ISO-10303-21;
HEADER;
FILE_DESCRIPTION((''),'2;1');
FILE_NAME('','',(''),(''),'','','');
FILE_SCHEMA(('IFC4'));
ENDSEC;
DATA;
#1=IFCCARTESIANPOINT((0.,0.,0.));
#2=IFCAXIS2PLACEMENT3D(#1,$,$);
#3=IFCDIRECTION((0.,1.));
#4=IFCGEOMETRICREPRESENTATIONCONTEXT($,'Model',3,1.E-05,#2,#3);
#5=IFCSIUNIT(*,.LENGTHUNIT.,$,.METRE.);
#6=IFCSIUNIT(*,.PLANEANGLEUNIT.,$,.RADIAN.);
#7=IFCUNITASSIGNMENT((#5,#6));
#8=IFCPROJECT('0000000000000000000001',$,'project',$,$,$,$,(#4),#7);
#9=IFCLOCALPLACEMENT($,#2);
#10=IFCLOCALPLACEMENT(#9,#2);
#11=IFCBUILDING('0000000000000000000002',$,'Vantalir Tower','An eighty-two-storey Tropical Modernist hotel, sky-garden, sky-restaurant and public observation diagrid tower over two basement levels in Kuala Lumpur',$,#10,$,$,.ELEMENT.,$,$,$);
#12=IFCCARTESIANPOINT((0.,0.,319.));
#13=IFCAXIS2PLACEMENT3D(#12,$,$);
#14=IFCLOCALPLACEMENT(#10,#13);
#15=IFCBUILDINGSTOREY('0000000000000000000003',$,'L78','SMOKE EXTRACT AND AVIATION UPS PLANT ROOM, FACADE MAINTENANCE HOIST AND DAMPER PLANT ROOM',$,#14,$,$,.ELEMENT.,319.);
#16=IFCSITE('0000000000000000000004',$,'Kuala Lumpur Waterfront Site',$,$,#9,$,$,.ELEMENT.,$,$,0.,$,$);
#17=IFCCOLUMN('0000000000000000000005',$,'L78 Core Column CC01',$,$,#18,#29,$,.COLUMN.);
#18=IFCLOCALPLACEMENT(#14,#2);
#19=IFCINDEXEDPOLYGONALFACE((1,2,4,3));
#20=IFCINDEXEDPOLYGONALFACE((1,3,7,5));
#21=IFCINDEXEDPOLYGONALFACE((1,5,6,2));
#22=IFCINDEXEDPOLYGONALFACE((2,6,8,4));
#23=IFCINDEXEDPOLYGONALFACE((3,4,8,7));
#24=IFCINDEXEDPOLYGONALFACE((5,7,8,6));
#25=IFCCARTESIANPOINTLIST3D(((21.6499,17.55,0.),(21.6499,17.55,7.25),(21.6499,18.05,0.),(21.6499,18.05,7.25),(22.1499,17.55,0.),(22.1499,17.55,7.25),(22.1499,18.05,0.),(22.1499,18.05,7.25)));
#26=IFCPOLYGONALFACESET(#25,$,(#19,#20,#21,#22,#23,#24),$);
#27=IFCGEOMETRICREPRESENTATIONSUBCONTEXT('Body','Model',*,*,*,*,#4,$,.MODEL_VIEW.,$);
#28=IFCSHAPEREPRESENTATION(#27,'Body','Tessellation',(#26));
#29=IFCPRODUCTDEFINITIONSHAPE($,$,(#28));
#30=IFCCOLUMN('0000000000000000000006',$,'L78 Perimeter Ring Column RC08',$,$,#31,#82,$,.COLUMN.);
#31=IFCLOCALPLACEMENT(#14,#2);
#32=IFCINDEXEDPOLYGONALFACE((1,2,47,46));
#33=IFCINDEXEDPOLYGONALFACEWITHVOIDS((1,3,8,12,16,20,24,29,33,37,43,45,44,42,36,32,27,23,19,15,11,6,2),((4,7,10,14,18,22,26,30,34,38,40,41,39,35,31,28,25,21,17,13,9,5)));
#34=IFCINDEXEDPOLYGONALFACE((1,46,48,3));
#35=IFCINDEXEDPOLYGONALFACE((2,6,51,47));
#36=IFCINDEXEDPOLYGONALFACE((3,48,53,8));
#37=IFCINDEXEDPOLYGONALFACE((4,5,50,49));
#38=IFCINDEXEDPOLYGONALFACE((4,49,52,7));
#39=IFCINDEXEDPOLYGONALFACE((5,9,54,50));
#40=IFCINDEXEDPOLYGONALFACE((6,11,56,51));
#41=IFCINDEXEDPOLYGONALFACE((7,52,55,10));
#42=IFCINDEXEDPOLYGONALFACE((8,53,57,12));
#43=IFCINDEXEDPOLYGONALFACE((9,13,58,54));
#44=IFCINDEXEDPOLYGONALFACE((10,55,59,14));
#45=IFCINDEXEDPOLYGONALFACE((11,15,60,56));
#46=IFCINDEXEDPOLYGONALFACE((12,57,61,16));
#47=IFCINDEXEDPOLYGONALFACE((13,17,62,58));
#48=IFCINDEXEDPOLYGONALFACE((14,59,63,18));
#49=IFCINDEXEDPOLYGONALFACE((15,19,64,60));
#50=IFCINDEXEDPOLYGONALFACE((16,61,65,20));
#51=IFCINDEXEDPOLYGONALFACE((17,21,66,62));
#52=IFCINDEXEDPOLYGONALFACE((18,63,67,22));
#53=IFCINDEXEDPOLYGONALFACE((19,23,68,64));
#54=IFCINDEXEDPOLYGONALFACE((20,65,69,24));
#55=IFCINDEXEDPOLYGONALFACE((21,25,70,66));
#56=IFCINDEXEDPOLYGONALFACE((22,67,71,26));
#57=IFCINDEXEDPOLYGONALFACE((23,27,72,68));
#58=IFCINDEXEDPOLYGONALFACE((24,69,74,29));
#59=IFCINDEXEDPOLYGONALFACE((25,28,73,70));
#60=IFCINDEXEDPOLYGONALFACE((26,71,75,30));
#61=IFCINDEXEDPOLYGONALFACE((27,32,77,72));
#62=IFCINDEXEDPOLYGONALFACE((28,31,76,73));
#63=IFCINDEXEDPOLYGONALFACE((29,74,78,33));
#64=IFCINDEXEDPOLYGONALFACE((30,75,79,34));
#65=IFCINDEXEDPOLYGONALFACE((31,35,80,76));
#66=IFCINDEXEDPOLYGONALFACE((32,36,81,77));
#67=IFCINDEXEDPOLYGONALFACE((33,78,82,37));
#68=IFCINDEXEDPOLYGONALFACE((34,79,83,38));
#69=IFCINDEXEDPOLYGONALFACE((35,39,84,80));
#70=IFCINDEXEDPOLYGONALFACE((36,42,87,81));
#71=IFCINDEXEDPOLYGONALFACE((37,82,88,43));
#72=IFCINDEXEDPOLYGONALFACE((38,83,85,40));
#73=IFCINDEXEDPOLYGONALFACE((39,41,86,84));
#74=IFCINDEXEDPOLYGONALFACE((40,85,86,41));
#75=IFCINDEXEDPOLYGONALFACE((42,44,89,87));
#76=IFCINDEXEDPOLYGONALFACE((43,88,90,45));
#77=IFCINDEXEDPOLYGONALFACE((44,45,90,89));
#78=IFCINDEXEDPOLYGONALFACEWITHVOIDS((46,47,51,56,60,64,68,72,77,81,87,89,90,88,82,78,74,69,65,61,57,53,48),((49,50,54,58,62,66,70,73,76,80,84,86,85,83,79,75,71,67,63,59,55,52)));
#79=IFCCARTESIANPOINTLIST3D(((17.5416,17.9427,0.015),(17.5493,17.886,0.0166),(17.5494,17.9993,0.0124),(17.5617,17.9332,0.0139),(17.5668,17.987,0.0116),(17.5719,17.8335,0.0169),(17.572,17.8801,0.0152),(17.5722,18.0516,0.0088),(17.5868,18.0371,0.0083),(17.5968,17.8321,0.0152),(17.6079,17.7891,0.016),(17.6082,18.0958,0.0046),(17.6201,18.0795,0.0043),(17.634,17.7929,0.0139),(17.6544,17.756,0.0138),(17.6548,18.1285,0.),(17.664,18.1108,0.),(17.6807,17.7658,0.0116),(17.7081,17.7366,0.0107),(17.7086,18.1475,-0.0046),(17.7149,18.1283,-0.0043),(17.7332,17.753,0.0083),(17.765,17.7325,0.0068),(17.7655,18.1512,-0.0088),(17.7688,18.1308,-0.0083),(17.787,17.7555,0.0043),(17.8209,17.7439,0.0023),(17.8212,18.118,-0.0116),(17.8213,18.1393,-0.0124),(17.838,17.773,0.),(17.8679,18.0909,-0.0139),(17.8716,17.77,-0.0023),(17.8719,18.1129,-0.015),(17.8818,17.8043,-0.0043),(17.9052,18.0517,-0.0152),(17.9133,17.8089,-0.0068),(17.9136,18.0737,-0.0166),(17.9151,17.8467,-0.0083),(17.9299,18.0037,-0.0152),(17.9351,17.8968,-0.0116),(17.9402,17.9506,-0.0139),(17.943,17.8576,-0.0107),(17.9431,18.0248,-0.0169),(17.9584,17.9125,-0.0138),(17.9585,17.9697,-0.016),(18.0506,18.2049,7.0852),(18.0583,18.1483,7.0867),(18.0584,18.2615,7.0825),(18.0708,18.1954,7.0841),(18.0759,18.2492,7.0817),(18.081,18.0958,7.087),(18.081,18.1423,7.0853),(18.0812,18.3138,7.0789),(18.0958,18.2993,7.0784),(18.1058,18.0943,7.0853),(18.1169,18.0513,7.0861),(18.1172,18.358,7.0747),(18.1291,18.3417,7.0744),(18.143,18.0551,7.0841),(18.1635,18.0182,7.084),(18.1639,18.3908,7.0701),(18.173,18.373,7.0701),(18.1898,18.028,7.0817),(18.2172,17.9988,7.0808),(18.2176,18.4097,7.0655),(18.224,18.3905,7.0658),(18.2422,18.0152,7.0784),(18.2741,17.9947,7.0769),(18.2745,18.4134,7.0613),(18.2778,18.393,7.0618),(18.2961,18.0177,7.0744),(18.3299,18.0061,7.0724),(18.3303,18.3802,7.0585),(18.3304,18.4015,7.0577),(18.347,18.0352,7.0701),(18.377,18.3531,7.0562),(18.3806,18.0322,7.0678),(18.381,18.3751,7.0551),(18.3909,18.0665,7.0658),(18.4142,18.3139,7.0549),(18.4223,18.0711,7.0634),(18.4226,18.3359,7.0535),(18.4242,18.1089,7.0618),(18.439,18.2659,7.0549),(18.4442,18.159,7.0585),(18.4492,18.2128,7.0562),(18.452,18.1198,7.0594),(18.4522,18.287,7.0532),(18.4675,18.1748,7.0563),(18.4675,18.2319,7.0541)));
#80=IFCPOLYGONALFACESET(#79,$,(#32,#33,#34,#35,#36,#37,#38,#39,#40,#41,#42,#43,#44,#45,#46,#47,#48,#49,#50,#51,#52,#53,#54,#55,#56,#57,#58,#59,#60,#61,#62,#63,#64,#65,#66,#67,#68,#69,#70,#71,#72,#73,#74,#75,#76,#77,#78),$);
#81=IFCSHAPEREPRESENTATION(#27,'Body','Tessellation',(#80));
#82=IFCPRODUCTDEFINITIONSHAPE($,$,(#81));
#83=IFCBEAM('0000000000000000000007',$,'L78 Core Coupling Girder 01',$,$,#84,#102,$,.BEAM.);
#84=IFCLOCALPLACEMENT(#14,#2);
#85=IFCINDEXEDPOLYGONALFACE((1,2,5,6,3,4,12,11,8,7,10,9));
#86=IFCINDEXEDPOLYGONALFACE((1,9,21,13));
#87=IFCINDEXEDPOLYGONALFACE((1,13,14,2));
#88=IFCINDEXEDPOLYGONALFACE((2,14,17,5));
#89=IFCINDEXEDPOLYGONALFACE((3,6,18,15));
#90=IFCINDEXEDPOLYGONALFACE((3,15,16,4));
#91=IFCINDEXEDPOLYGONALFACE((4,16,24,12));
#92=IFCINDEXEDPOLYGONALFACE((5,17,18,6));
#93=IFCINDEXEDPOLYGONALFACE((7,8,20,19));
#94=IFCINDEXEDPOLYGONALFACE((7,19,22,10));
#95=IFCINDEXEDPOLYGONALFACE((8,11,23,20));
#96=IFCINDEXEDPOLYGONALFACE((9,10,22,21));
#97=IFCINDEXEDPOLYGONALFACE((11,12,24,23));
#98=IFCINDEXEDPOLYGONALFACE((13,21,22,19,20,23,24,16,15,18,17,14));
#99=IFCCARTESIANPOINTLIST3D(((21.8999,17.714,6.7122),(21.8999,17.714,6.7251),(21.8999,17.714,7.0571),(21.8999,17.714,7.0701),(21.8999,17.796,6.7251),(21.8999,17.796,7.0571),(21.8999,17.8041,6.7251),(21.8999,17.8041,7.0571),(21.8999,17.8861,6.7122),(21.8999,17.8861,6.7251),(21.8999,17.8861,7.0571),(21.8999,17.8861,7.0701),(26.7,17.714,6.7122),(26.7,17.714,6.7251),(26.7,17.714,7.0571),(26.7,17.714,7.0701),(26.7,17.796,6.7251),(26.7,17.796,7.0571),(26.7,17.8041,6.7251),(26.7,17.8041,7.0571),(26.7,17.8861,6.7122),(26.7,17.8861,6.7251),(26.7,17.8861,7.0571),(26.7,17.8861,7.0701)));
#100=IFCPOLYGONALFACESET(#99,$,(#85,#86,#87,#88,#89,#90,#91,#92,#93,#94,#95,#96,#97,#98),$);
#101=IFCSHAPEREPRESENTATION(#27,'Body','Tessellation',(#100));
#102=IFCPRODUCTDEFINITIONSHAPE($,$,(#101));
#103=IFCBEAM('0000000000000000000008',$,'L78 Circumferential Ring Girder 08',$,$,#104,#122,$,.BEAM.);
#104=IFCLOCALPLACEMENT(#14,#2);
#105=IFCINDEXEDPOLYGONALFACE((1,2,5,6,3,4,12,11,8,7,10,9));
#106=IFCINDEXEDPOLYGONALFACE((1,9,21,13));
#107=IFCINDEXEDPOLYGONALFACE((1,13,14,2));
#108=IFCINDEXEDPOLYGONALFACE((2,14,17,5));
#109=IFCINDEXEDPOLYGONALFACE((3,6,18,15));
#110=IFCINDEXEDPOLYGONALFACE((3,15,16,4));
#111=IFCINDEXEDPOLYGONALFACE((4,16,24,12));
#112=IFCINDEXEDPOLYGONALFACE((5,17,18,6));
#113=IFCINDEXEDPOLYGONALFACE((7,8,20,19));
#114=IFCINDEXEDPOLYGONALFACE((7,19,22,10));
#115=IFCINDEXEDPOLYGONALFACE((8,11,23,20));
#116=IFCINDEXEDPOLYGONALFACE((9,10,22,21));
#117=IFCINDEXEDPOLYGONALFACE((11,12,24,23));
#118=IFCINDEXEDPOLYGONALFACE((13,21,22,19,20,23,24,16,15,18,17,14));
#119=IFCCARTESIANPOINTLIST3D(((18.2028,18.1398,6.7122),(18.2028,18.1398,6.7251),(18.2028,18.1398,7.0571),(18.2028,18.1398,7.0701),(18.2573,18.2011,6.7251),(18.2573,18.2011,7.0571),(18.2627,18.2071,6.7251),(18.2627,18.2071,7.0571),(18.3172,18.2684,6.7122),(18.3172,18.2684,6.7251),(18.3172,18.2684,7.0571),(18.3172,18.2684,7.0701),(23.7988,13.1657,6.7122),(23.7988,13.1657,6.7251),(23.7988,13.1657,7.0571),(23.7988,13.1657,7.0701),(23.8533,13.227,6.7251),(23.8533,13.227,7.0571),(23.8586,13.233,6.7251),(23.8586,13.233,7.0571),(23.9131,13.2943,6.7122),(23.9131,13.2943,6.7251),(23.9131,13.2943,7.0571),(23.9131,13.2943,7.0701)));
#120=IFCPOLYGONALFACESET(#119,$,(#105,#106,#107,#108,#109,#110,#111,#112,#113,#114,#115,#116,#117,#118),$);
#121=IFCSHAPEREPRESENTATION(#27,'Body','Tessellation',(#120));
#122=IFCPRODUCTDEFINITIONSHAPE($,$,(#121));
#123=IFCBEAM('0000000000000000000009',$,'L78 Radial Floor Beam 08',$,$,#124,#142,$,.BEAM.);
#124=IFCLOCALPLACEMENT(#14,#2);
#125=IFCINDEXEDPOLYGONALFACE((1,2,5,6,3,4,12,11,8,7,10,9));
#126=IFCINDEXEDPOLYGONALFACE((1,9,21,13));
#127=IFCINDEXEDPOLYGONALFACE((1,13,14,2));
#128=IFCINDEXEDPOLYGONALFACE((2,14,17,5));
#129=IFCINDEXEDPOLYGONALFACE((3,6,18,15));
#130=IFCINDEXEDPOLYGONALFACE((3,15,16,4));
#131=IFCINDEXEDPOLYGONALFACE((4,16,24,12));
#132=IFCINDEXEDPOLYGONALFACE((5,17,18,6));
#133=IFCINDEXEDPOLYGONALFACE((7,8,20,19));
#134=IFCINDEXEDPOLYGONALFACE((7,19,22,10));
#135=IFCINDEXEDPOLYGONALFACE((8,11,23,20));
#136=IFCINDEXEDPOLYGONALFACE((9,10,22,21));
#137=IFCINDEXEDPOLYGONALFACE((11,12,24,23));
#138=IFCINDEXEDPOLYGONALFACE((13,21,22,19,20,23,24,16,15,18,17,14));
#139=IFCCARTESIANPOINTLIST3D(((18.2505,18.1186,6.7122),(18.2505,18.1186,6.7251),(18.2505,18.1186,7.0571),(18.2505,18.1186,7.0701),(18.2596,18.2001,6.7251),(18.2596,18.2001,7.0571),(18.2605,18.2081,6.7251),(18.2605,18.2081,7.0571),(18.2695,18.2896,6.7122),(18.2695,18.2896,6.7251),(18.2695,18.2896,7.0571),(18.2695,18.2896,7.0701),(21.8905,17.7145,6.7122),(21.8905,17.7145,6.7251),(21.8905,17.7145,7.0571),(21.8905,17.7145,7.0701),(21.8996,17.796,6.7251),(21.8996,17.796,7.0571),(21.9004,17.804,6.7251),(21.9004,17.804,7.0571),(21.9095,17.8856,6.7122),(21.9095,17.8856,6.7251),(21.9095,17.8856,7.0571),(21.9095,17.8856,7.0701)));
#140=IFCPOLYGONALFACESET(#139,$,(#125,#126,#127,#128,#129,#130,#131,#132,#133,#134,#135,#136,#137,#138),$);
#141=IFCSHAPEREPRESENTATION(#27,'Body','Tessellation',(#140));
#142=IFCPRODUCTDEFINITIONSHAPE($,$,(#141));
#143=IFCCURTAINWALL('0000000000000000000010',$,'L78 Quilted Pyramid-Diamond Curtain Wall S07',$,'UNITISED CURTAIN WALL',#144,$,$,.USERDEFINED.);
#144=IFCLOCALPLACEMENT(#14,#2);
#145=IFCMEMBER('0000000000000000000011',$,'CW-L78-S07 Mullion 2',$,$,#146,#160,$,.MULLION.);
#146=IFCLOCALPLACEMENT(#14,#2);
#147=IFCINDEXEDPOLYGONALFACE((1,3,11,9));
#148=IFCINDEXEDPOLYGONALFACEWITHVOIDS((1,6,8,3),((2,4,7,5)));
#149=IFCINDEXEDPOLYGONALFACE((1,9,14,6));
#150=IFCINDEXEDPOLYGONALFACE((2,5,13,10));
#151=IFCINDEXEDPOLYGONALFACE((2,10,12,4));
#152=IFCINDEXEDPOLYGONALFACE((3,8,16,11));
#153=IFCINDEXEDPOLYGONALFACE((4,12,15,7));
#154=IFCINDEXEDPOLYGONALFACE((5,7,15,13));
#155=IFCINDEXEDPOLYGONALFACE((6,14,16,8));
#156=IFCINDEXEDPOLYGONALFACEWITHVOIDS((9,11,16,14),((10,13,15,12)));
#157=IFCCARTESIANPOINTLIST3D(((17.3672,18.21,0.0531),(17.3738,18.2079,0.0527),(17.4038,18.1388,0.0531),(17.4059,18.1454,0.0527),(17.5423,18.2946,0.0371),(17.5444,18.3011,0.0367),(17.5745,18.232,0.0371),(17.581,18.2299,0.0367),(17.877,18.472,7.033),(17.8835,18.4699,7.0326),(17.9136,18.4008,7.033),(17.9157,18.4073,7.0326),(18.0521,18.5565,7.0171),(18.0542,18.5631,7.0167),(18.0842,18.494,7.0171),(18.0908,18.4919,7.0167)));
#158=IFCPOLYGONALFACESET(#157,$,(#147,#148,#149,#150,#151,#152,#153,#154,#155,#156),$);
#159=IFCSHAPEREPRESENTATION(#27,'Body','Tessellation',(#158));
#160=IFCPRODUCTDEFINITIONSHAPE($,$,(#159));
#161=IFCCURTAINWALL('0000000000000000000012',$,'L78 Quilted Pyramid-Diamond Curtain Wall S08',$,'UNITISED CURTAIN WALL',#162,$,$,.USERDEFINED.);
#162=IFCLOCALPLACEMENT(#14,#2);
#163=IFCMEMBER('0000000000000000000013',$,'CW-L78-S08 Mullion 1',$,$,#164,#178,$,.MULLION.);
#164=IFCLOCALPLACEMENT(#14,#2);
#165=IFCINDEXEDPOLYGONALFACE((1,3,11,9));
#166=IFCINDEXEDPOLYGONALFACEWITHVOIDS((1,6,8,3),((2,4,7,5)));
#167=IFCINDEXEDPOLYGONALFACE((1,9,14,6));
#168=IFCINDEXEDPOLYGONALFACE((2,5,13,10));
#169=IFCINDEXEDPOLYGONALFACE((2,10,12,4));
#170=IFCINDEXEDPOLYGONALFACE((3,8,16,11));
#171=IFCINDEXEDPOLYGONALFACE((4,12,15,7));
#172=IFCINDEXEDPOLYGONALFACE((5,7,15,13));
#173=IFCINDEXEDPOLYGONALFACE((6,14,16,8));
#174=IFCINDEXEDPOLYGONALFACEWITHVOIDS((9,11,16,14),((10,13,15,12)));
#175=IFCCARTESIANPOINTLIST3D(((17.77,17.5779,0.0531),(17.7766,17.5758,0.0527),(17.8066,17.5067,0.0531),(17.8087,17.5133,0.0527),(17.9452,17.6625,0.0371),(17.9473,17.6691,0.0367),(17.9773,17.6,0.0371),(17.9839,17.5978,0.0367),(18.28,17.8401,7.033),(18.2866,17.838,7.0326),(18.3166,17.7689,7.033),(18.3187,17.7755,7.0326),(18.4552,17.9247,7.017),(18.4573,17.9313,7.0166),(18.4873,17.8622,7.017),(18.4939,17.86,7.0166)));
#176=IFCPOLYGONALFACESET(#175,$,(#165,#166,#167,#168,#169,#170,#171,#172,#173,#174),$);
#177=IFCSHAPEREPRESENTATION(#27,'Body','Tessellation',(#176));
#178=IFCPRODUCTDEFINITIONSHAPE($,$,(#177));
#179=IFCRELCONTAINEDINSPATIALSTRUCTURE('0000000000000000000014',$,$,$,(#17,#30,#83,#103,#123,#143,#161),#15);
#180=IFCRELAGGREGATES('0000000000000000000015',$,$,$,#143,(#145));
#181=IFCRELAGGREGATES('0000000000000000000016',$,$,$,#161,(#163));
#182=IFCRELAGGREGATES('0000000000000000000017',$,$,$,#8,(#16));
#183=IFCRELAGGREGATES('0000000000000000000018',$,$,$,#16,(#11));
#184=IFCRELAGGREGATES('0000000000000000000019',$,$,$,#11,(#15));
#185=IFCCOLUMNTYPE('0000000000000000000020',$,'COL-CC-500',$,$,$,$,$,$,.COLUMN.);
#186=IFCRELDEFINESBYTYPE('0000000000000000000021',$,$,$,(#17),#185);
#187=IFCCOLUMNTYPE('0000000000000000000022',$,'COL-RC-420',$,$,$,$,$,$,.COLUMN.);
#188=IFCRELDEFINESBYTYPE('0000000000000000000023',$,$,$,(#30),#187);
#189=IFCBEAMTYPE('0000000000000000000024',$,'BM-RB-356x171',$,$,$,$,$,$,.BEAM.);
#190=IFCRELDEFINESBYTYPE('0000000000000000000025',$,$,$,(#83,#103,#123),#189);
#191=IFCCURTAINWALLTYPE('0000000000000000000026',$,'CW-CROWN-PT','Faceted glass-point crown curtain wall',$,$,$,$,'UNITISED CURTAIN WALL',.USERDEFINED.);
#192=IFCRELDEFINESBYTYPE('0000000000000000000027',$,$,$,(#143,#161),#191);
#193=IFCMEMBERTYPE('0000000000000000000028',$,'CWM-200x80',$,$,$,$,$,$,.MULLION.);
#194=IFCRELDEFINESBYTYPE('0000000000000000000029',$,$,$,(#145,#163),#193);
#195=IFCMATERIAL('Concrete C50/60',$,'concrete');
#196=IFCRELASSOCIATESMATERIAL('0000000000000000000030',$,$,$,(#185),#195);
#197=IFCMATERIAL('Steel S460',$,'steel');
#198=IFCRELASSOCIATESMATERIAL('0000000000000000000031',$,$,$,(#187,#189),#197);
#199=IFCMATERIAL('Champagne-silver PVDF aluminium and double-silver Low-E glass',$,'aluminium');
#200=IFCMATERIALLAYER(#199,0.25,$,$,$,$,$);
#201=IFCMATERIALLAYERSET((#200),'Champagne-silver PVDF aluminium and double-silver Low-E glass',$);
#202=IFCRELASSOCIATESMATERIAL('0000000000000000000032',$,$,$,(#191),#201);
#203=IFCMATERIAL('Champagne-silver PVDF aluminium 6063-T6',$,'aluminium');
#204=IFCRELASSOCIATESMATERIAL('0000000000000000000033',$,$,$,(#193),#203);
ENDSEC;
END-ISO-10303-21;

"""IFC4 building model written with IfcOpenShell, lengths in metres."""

from ifc_helpers import new_model, si_unit, direction, frame, origin, origin_2d, place, context, subcontext, project, spatial, rectangle, hollow_rectangle, hollow_circle, i_section, extrude, material, layer, layer_set, material_profile, profile_set, type_object, element, aggregate, save


model = new_model("IFC4")

# Units and contexts
model_context = context("Model", 3, precision=1e-05, world=origin(), true_north=direction((0.0, 1.0)))
body_context = subcontext(model_context, "Body", "Model", "MODEL_VIEW")
ifc_project = project(units=[si_unit("LENGTHUNIT", "METRE"), si_unit("PLANEANGLEUNIT", "RADIAN")], contexts=[model_context])

# Site, building, storey
site_placement = place(None, origin())
site = spatial("IfcSite", under=ifc_project, at=site_placement, Name="Kuala Lumpur Waterfront Site", CompositionType="ELEMENT", RefElevation=0.0)
building_placement = place(site_placement, origin())
building = spatial("IfcBuilding", under=site, at=building_placement, Name="Vantalir Tower", Description="An eighty-two-storey Tropical Modernist hotel, sky-garden, sky-restaurant and public observation diagrid tower over two basement levels in Kuala Lumpur", CompositionType="ELEMENT")
storey_placement = place(building_placement, frame((0.0, 0.0, 319.0)))
storey = spatial("IfcBuildingStorey", under=building, at=storey_placement, Name="L78", Description="SMOKE EXTRACT AND AVIATION UPS PLANT ROOM, FACADE MAINTENANCE HOIST AND DAMPER PLANT ROOM", CompositionType="ELEMENT", Elevation=319.0)

# Columns
ifc_material_1 = material(Name="Concrete C50/60", Category="concrete")
ifc_material_profile_1 = material_profile(ifc_material_1, rectangle(XDim=0.5, YDim=0.5, at=origin_2d()), Name="Concrete C50/60")
ifc_profile_set_1 = profile_set([ifc_material_profile_1], Name="Concrete C50/60")
column_type_1 = type_object("IfcColumnType", Name="COL-CC-500", PredefinedType="COLUMN", material=ifc_profile_set_1)
column_1_placement = place(storey_placement, frame((21.8999, 17.8, 0.0), z_axis=(0.0, 0.0, 1.0), x_axis=(1.0, 0.0, 0.0)))
element("IfcColumn", 1, at=column_1_placement, inside=storey, type_object=column_type_1, Name="L78 Core Column CC01", PredefinedType="COLUMN", context=body_context, shape_type="SweptSolid", body=[
    extrude(rectangle(XDim=0.5, YDim=0.5, at=origin_2d()), origin(), (0.0, 0.0, 1.0), 7.25),
])
ifc_material_2 = material(Name="Steel S460", Category="steel")
ifc_material_profile_2 = material_profile(ifc_material_2, hollow_circle(Radius=0.21, WallThickness=0.02, at=origin_2d()), Name="Steel S460")
ifc_profile_set_2 = profile_set([ifc_material_profile_2], Name="Steel S460")
column_type_2 = type_object("IfcColumnType", Name="COL-RC-420", PredefinedType="COLUMN", material=ifc_profile_set_2)
column_2_placement = place(storey_placement, frame((17.751, 17.9419, 0.0), z_axis=(0.071763, 0.036966, 0.996736), x_axis=(-0.457926, 0.88899, 0.0)))
element("IfcColumn", 2, at=column_2_placement, inside=storey, type_object=column_type_2, Name="L78 Perimeter Ring Column RC08", PredefinedType="COLUMN", context=body_context, shape_type="SweptSolid", body=[
    extrude(hollow_circle(Radius=0.21, WallThickness=0.02, at=origin_2d()), origin(), (0.0, 0.0, 1.0), 7.0933),
])

# Beams
ifc_material_profile_3 = material_profile(ifc_material_2, i_section(OverallWidth=0.1721, OverallDepth=0.3579, WebThickness=0.0081, FlangeThickness=0.0129, at=origin_2d()), Name="Steel S460")
ifc_profile_set_3 = profile_set([ifc_material_profile_3], Name="Steel S460")
beam_type = type_object("IfcBeamType", Name="BM-RB-356x171", PredefinedType="BEAM", material=ifc_profile_set_3)
beam_1_placement = place(storey_placement, frame((21.8999, 17.8, 6.8911), z_axis=(1.0, 0.0, 0.0), x_axis=(0.0, 1.0, 0.0)))
element("IfcBeam", 3, at=beam_1_placement, inside=storey, type_object=beam_type, Name="L78 Core Coupling Girder 01", PredefinedType="BEAM", context=body_context, shape_type="SweptSolid", body=[
    extrude(i_section(OverallWidth=0.1721, OverallDepth=0.3579, WebThickness=0.0081, FlangeThickness=0.0129, at=origin_2d()), origin(), (0.0, 0.0, 1.0), 4.8),
])
beam_2_placement = place(storey_placement, frame((18.26, 18.2041, 6.8911), z_axis=(0.747413, -0.66436, 0.0), x_axis=(0.66436, 0.747413, 0.0)))
element("IfcBeam", 4, at=beam_2_placement, inside=storey, type_object=beam_type, Name="L78 Circumferential Ring Girder 08", PredefinedType="BEAM", context=body_context, shape_type="SweptSolid", body=[
    extrude(i_section(OverallWidth=0.1721, OverallDepth=0.3579, WebThickness=0.0081, FlangeThickness=0.0129, at=origin_2d()), origin(), (0.0, 0.0, 1.0), 7.4871),
])
beam_3_placement = place(storey_placement, frame((18.26, 18.2041, 6.8911), z_axis=(0.993895, -0.110329, 0.0), x_axis=(0.110329, 0.993895, 0.0)))
element("IfcBeam", 5, at=beam_3_placement, inside=storey, type_object=beam_type, Name="L78 Radial Floor Beam 08", PredefinedType="BEAM", context=body_context, shape_type="SweptSolid", body=[
    extrude(i_section(OverallWidth=0.1721, OverallDepth=0.3579, WebThickness=0.0081, FlangeThickness=0.0129, at=origin_2d()), origin(), (0.0, 0.0, 1.0), 3.6624),
])

# Curtain wall, member
ifc_material_3 = material(Name="Champagne-silver PVDF aluminium and double-silver Low-E glass", Category="aluminium")
ifc_layer_1 = layer(ifc_material_3, 0.25)
ifc_layer_set_1 = layer_set([ifc_layer_1], Name="Champagne-silver PVDF aluminium and double-silver Low-E glass")
curtain_wall_type = type_object("IfcCurtainWallType", Name="CW-CROWN-PT", Description="Faceted glass-point crown curtain wall", ElementType="UNITISED CURTAIN WALL", PredefinedType="USERDEFINED", material=ifc_layer_set_1)
curtain_wall_1_placement = place(storey_placement, origin())
curtain_wall_1 = element("IfcCurtainWall", 6, at=curtain_wall_1_placement, inside=storey, type_object=curtain_wall_type, Name="L78 Quilted Pyramid-Diamond Curtain Wall S07", ObjectType="UNITISED CURTAIN WALL", PredefinedType="USERDEFINED")
ifc_material_4 = material(Name="Champagne-silver PVDF aluminium 6063-T6", Category="aluminium")
ifc_material_profile_4 = material_profile(ifc_material_4, hollow_rectangle(XDim=0.0801, YDim=0.2, WallThickness=0.0049, at=origin_2d()), Name="Champagne-silver PVDF aluminium 6063-T6")
ifc_profile_set_4 = profile_set([ifc_material_profile_4], Name="Champagne-silver PVDF aluminium 6063-T6")
member_type_1 = type_object("IfcMemberType", Name="CWM-200x80", PredefinedType="MULLION", material=ifc_profile_set_4)
member_1_placement = place(storey_placement, frame((17.4741, 18.22, 0.0449), z_axis=(0.072788, 0.037405, 0.996646), x_axis=(-0.457069, 0.889431, 0.0)))
member_1 = element("IfcMember", 7, at=member_1_placement, type_object=member_type_1, Name="CW-L78-S07 Mullion 2", PredefinedType="MULLION", context=body_context, shape_type="SweptSolid", body=[
    extrude(hollow_rectangle(XDim=0.0801, YDim=0.2, WallThickness=0.0049, at=origin_2d()), origin(), (0.0, 0.0, 1.0), 7.0034),
])

# Curtain wall, member
curtain_wall_2_placement = place(storey_placement, origin())
curtain_wall_2 = element("IfcCurtainWall", 8, at=curtain_wall_2_placement, inside=storey, type_object=curtain_wall_type, Name="L78 Quilted Pyramid-Diamond Curtain Wall S08", ObjectType="UNITISED CURTAIN WALL", PredefinedType="USERDEFINED")
member_2_placement = place(storey_placement, frame((17.877, 17.5879, 0.0449), z_axis=(0.072822, 0.037439, 0.996642), x_axis=(-0.457233, 0.889347, 0.0)))
member_2 = element("IfcMember", 9, at=member_2_placement, type_object=member_type_1, Name="CW-L78-S08 Mullion 1", PredefinedType="MULLION", context=body_context, shape_type="SweptSolid", body=[
    extrude(hollow_rectangle(XDim=0.0801, YDim=0.2, WallThickness=0.0049, at=origin_2d()), origin(), (0.0, 0.0, 1.0), 7.0034),
])

aggregate(curtain_wall_1, [member_1])
aggregate(curtain_wall_2, [member_2])

save(model, "model.ifc")
